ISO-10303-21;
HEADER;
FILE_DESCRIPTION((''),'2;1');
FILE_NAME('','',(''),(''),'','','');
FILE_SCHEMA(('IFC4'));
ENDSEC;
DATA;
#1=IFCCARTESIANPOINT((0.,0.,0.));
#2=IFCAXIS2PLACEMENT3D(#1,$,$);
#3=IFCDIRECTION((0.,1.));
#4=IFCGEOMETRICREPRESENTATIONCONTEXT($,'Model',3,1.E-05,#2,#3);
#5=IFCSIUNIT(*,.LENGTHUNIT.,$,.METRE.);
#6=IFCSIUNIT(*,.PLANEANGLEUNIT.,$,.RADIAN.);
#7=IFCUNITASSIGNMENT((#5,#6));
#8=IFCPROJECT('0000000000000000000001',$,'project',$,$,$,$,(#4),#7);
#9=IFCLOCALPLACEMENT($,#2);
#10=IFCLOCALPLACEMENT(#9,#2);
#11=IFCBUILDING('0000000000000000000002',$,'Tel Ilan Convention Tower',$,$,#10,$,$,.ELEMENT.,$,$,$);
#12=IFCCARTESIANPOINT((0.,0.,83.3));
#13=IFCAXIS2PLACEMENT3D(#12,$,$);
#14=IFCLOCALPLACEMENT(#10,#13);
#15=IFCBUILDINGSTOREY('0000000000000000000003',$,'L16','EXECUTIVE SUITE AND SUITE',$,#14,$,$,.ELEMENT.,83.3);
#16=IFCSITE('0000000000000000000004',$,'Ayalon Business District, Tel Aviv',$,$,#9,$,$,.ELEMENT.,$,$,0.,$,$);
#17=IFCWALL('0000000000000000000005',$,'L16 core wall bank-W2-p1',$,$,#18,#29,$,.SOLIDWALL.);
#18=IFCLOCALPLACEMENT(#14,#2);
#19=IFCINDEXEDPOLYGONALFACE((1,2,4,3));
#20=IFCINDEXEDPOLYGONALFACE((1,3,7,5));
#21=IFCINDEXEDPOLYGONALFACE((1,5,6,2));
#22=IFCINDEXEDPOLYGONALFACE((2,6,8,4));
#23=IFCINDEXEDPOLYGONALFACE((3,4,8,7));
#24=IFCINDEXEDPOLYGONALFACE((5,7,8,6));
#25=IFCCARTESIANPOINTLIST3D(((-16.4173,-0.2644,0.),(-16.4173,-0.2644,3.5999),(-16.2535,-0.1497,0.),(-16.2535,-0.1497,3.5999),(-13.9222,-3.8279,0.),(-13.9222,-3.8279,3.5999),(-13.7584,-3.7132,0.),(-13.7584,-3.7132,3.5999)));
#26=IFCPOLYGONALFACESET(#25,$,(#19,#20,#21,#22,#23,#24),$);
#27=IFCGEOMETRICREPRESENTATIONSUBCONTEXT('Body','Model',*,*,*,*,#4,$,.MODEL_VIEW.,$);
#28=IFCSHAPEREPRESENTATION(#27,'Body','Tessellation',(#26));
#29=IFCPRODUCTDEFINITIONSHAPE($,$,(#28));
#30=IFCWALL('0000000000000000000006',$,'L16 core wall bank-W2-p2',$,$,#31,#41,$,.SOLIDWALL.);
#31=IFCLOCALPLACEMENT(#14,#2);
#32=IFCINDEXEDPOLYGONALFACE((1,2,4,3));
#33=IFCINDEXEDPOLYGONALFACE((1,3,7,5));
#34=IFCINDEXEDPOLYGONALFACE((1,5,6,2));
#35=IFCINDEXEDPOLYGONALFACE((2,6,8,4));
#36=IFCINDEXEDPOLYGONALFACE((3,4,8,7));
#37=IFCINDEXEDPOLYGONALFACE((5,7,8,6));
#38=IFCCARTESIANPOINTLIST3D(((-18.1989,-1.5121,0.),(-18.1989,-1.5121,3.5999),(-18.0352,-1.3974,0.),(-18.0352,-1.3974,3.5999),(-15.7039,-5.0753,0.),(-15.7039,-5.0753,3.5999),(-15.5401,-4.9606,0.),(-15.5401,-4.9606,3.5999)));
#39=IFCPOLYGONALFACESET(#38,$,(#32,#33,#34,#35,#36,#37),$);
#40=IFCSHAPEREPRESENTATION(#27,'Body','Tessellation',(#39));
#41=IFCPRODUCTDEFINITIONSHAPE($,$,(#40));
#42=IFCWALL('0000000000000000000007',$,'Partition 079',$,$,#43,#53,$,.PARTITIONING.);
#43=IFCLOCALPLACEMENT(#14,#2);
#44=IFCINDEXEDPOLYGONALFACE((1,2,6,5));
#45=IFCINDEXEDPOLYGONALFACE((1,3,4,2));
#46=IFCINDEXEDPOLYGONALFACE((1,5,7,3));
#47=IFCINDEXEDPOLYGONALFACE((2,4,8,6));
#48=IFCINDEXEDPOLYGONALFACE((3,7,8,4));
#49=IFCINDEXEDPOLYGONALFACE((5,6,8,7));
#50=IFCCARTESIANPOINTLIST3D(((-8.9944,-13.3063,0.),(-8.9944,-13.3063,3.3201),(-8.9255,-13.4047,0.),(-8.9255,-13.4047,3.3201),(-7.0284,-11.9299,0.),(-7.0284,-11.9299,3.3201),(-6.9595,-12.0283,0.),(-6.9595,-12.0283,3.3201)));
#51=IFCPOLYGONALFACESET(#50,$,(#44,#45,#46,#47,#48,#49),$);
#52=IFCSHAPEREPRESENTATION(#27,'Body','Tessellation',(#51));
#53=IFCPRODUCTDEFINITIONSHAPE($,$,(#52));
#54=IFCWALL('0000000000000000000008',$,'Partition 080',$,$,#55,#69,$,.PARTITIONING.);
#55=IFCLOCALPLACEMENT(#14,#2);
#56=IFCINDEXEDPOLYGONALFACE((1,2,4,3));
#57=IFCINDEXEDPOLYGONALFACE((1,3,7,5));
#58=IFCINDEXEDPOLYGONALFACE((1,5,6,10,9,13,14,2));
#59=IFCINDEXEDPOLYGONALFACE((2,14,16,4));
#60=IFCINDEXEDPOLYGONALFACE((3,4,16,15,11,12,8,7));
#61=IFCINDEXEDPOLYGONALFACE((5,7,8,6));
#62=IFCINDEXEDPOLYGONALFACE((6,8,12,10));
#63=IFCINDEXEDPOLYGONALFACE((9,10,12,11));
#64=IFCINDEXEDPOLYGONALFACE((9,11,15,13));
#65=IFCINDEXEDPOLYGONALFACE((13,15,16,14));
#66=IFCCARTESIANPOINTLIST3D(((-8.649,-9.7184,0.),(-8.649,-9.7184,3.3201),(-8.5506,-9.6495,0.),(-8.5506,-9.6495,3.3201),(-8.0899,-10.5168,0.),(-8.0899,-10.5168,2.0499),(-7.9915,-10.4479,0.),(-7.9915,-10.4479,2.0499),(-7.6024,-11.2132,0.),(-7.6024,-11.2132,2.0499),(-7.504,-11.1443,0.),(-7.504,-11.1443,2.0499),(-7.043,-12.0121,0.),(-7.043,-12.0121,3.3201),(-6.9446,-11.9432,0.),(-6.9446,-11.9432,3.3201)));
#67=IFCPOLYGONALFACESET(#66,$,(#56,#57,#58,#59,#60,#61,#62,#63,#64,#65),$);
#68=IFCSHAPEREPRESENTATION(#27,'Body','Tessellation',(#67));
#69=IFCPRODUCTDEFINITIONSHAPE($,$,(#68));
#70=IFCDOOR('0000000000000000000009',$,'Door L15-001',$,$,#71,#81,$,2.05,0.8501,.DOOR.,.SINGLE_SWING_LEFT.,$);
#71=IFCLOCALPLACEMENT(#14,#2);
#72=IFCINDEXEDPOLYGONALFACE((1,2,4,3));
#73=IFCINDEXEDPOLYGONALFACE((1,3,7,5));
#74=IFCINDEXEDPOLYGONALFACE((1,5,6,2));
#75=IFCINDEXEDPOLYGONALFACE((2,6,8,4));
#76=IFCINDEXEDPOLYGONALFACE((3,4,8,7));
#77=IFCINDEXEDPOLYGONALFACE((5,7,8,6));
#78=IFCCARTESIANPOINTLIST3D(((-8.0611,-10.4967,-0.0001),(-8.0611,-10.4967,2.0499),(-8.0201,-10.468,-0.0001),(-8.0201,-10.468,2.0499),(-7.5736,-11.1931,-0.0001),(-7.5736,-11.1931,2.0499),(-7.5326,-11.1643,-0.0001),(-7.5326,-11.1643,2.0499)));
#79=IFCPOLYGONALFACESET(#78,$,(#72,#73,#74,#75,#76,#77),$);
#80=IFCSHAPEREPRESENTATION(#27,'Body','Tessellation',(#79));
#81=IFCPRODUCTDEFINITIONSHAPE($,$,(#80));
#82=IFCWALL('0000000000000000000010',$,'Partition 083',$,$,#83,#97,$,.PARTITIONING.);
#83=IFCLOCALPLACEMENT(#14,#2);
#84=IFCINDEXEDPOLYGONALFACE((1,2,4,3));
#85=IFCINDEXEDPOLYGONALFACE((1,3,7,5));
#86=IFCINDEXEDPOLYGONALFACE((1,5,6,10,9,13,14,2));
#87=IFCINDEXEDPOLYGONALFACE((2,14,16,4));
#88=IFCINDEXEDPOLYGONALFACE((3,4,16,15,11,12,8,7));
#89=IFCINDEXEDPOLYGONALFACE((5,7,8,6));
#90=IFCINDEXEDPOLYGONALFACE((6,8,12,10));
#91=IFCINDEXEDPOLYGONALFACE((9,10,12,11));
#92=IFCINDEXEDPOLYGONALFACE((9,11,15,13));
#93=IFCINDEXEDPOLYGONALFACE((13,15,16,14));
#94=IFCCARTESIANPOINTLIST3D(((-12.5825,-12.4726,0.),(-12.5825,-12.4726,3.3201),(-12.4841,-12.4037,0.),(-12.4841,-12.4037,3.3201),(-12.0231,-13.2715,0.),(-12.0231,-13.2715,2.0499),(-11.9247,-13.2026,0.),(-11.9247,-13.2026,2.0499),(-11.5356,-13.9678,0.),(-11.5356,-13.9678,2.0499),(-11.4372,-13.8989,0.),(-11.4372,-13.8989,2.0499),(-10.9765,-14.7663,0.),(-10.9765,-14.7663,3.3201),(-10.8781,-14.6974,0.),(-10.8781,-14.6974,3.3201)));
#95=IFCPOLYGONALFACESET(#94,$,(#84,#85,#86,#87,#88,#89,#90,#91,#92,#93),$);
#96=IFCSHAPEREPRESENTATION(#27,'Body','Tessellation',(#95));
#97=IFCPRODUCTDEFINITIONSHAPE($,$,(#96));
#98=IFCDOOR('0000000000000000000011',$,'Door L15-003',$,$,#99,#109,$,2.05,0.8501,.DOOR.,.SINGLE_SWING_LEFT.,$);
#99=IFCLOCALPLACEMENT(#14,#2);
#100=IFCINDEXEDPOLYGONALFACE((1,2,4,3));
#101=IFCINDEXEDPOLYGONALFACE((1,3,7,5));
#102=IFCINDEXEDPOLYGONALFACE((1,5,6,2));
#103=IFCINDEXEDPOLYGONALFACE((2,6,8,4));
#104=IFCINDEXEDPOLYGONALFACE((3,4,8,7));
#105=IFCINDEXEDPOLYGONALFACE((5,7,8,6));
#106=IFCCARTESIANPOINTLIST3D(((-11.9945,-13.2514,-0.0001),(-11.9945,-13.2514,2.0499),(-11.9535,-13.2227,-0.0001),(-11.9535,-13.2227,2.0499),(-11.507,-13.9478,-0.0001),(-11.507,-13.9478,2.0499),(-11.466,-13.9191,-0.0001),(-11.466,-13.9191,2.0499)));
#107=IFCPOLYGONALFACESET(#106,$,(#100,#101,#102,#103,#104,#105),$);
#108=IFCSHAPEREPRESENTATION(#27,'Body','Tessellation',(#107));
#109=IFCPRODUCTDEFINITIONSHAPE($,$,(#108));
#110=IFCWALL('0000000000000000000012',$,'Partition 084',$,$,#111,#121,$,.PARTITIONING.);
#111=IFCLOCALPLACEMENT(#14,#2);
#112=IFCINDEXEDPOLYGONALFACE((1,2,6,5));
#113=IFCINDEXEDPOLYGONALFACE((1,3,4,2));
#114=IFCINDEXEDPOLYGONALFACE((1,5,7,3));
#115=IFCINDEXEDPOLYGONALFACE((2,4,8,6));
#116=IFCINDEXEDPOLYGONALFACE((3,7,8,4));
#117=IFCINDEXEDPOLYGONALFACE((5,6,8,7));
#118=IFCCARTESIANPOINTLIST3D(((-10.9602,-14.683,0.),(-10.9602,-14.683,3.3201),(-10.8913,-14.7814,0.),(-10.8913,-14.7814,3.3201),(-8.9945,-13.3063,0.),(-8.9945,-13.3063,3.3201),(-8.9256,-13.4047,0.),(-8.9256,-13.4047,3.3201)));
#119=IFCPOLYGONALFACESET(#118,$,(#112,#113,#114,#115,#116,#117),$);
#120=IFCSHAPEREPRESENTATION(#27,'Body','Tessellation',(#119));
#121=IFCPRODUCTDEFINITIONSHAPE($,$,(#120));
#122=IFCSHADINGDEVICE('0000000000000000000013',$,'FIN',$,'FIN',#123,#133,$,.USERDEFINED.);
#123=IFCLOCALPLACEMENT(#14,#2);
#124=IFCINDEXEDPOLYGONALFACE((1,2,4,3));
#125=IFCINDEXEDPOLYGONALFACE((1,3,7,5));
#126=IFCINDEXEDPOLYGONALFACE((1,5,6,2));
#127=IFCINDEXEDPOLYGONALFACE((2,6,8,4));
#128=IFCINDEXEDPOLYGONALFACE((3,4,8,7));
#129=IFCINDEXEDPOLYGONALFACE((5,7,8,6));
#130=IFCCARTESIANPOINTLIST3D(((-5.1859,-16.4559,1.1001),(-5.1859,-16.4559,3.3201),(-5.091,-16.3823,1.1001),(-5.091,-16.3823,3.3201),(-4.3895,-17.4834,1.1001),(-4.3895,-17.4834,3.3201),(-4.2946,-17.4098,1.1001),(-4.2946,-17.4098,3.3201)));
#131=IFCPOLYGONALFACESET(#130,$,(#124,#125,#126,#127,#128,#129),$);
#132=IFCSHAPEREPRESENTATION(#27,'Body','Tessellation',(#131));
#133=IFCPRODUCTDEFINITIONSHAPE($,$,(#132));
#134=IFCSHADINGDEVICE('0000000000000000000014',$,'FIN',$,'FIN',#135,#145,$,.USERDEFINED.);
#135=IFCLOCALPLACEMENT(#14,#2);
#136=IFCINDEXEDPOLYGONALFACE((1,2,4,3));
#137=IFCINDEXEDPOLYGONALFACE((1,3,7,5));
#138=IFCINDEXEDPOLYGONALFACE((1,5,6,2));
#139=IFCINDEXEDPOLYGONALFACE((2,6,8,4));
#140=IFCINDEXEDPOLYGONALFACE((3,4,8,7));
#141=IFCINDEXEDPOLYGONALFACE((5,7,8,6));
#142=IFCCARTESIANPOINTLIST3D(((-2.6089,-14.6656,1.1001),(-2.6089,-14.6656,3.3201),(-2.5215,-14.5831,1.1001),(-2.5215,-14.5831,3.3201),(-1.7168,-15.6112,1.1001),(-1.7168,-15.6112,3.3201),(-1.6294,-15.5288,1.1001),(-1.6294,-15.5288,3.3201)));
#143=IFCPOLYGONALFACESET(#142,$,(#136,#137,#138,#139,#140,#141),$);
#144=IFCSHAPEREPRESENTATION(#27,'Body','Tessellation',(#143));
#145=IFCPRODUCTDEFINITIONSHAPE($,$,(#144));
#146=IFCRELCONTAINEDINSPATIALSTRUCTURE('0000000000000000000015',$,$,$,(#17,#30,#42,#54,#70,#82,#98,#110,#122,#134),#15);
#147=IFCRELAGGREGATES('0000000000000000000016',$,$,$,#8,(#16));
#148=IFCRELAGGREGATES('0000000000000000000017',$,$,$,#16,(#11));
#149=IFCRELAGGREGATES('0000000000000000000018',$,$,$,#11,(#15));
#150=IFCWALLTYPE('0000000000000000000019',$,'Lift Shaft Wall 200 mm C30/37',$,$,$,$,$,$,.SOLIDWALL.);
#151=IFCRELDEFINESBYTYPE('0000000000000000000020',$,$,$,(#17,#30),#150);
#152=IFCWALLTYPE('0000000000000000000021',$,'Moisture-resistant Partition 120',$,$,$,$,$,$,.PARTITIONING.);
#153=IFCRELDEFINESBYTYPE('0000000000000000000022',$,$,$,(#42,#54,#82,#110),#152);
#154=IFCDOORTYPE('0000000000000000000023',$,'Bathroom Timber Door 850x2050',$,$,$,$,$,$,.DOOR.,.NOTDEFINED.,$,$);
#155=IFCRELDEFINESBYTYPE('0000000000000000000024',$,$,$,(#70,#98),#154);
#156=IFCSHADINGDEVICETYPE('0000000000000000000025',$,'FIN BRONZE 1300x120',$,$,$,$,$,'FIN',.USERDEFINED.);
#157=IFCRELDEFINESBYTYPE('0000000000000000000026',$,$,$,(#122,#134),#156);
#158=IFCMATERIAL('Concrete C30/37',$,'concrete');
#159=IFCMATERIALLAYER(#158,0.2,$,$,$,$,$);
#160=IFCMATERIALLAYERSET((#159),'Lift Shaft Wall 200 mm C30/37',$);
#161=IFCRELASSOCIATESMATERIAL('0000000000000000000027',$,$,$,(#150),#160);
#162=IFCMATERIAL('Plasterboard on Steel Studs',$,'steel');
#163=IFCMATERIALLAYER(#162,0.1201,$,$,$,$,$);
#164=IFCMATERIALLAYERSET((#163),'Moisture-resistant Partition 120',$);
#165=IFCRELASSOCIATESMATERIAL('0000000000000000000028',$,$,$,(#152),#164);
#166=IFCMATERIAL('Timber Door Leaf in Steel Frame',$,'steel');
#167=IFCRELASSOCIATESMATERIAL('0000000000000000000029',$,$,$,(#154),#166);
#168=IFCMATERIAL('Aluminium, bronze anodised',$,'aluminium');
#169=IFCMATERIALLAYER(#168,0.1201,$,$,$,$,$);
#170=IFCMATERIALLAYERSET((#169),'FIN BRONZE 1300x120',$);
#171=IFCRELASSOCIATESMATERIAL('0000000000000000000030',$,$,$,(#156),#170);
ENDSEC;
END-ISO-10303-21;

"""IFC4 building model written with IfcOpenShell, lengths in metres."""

from ifc_helpers import new_model, si_unit, direction, frame, frame_2d, origin, origin_2d, place, context, subcontext, project, spatial, rectangle, extrude, material, layer, layer_set, type_object, element, fill, save


model = new_model("IFC4")

# Units and contexts
model_context = context("Model", 3, precision=1e-05, world=origin(), true_north=direction((0.0, 1.0)))
body_context = subcontext(model_context, "Body", "Model", "MODEL_VIEW")
ifc_project = project(units=[si_unit("LENGTHUNIT", "METRE"), si_unit("PLANEANGLEUNIT", "RADIAN")], contexts=[model_context])

# Site, building, storey
site_placement = place(None, origin())
site = spatial("IfcSite", under=ifc_project, at=site_placement, Name="Ayalon Business District, Tel Aviv", CompositionType="ELEMENT", RefElevation=0.0)
building_placement = place(site_placement, origin())
building = spatial("IfcBuilding", under=site, at=building_placement, Name="Tel Ilan Convention Tower", CompositionType="ELEMENT")
storey_placement = place(building_placement, frame((0.0, 0.0, 83.3)))
storey = spatial("IfcBuildingStorey", under=building, at=storey_placement, Name="L16", Description="EXECUTIVE SUITE AND SUITE", CompositionType="ELEMENT", Elevation=83.3)

# Walls
ifc_material_1 = material(Name="Concrete C30/37", Category="concrete")
ifc_layer_1 = layer(ifc_material_1, 0.2)
ifc_layer_set_1 = layer_set([ifc_layer_1], Name="Lift Shaft Wall 200 mm C30/37")
wall_type_1 = type_object("IfcWallType", Name="Lift Shaft Wall 200 mm C30/37", PredefinedType="SOLIDWALL", material=ifc_layer_set_1)
wall_1_placement = place(storey_placement, frame((-13.8403, -3.7705, 0.0), z_axis=(0.0, 0.0, 1.0), x_axis=(-0.573568, 0.819158, 0.0)))
element("IfcWall", 1, at=wall_1_placement, inside=storey, type_object=wall_type_1, Name="L16 core wall bank-W2-p1", PredefinedType="SOLIDWALL", context=body_context, shape_type="SweptSolid", body=[
    extrude(rectangle(XDim=4.3501, YDim=0.2, at=frame_2d((2.175, 0.0))), origin(), (0.0, 0.0, 1.0), 3.5999),
])
wall_2_placement = place(storey_placement, frame((-15.6221, -5.0178, 0.0), z_axis=(0.0, 0.0, 1.0), x_axis=(-0.573594, 0.81914, 0.0)))
element("IfcWall", 2, at=wall_2_placement, inside=storey, type_object=wall_type_1, Name="L16 core wall bank-W2-p2", PredefinedType="SOLIDWALL", context=body_context, shape_type="SweptSolid", body=[
    extrude(rectangle(XDim=4.3499, YDim=0.2, at=frame_2d((2.1748, 0.0))), origin(), (0.0, 0.0, 1.0), 3.5999),
])
ifc_material_2 = material(Name="Plasterboard on Steel Studs", Category="steel")
ifc_layer_2 = layer(ifc_material_2, 0.1201)
ifc_layer_set_2 = layer_set([ifc_layer_2], Name="Moisture-resistant Partition 120")
wall_type_2 = type_object("IfcWallType", Name="Moisture-resistant Partition 120", PredefinedType="PARTITIONING", material=ifc_layer_set_2)
wall_3_placement = place(storey_placement, frame((-8.96, -13.3555, 0.0), z_axis=(0.0, 0.0, 1.0), x_axis=(0.819189, 0.573524, 0.0)))
element("IfcWall", 3, at=wall_3_placement, inside=storey, type_object=wall_type_2, Name="Partition 079", PredefinedType="PARTITIONING", context=body_context, shape_type="SweptSolid", body=[
    extrude(rectangle(XDim=2.3999, YDim=0.1201, at=frame_2d((1.2, 0.0))), origin(), (0.0, 0.0, 1.0), 3.3201),
])

# Walls, openings, doors
wall_4_placement = place(storey_placement, frame((-6.9939, -11.9775, 0.0), z_axis=(0.0, 0.0, 1.0), x_axis=(-0.57355, 0.81917, 0.0)))
wall_4 = element("IfcWall", 4, at=wall_4_placement, inside=storey, type_object=wall_type_2, Name="Partition 080", PredefinedType="PARTITIONING", context=body_context, shape_type="SweptSolid", body=[
    extrude(rectangle(XDim=2.8, YDim=0.1201, at=frame_2d((1.3999, 0.0))), origin(), (0.0, 0.0, 1.0), 3.3201),
])
opening_1_placement = place(wall_4_placement, frame((0.9751, 0.0, 0.0)))
opening_1 = element("IfcOpeningElement", 5, at=opening_1_placement, cuts=wall_4, PredefinedType="OPENING", context=body_context, shape_type="SweptSolid", body=[
    extrude(rectangle(XDim=0.8501, YDim=2.05, at=frame_2d((0.425, 1.0249))), frame((0.0, 0.0701, 0.0), z_axis=(0.0, -1.0, 0.0), x_axis=(1.0, 0.0, 0.0)), (0.0, 0.0, 1.0), 0.1401),
])
ifc_material_3 = material(Name="Timber Door Leaf in Steel Frame", Category="steel")
door_type_1 = type_object("IfcDoorType", Name="Bathroom Timber Door 850x2050", OperationType="NOTDEFINED", PredefinedType="DOOR", material=ifc_material_3)
door_1_placement = place(opening_1_placement, origin())
door_1 = element("IfcDoor", 6, at=door_1_placement, inside=storey, type_object=door_type_1, Name="Door L15-001", OperationType="SINGLE_SWING_LEFT", OverallHeight=2.05, OverallWidth=0.8501, PredefinedType="DOOR", context=body_context, shape_type="SweptSolid", body=[
    extrude(rectangle(XDim=0.8501, YDim=2.05, at=frame_2d((0.425, 1.0249))), frame((0.0, 0.0249, 0.0), z_axis=(0.0, -1.0, 0.0), x_axis=(1.0, 0.0, 0.0)), (0.0, 0.0, 1.0), 0.05),
])
fill(opening_1, door_1)
wall_5_placement = place(storey_placement, frame((-12.5332, -12.4382, 0.0), z_axis=(0.0, 0.0, 1.0), x_axis=(0.57355, -0.81917, 0.0)))
wall_5 = element("IfcWall", 7, at=wall_5_placement, inside=storey, type_object=wall_type_2, Name="Partition 083", PredefinedType="PARTITIONING", context=body_context, shape_type="SweptSolid", body=[
    extrude(rectangle(XDim=2.8, YDim=0.1201, at=frame_2d((1.3999, 0.0))), origin(), (0.0, 0.0, 1.0), 3.3201),
])
opening_2_placement = place(wall_5_placement, frame((0.9751, 0.0, 0.0)))
opening_2 = element("IfcOpeningElement", 8, at=opening_2_placement, cuts=wall_5, PredefinedType="OPENING", context=body_context, shape_type="SweptSolid", body=[
    extrude(rectangle(XDim=0.8501, YDim=2.05, at=frame_2d((0.425, 1.0249))), frame((0.0, 0.0701, 0.0), z_axis=(0.0, -1.0, 0.0), x_axis=(1.0, 0.0, 0.0)), (0.0, 0.0, 1.0), 0.1401),
])
door_2_placement = place(opening_2_placement, origin())
door_2 = element("IfcDoor", 9, at=door_2_placement, inside=storey, type_object=door_type_1, Name="Door L15-003", OperationType="SINGLE_SWING_LEFT", OverallHeight=2.05, OverallWidth=0.8501, PredefinedType="DOOR", context=body_context, shape_type="SweptSolid", body=[
    extrude(rectangle(XDim=0.8501, YDim=2.05, at=frame_2d((0.425, 1.0249))), frame((0.0, 0.0249, 0.0), z_axis=(0.0, -1.0, 0.0), x_axis=(1.0, 0.0, 0.0)), (0.0, 0.0, 1.0), 0.05),
])
fill(opening_2, door_2)

# Wall
wall_6_placement = place(storey_placement, frame((-10.9258, -14.7322, 0.0), z_axis=(0.0, 0.0, 1.0), x_axis=(0.819108, 0.57364, 0.0)))
element("IfcWall", 10, at=wall_6_placement, inside=storey, type_object=wall_type_2, Name="Partition 084", PredefinedType="PARTITIONING", context=body_context, shape_type="SweptSolid", body=[
    extrude(rectangle(XDim=2.3999, YDim=0.1201, at=frame_2d((1.2, 0.0))), origin(), (0.0, 0.0, 1.0), 3.3201),
])

# Shading devices
ifc_material_4 = material(Name="Aluminium, bronze anodised", Category="aluminium")
ifc_layer_3 = layer(ifc_material_4, 0.1201)
ifc_layer_set_3 = layer_set([ifc_layer_3], Name="FIN BRONZE 1300x120")
shading_device_type = type_object("IfcShadingDeviceType", Name="FIN BRONZE 1300x120", ElementType="FIN", PredefinedType="USERDEFINED", material=ifc_layer_set_3)
for number, where, z_axis, x_axis, name in (
    (11, (-4.7402, -16.9329, 1.1001), (0.0, 0.0, 1.0), (0.612601, -0.790393, 0.0), "FIN"),
    (12, (-2.1191, -15.0972, 1.1001), (0.0, 0.0, 1.0), (0.686242, -0.727374, 0.0), "FIN"),
):
    element("IfcShadingDevice", number, at=place(storey_placement, frame(where, z_axis=z_axis, x_axis=x_axis)), inside=storey, type_object=shading_device_type, Name=name, ObjectType="FIN", PredefinedType="USERDEFINED", context=body_context, shape_type="SweptSolid", body=[
        extrude(rectangle(XDim=1.3, YDim=0.1201, at=origin_2d()), origin(), (0.0, 0.0, 1.0), 2.22),
    ])

save(model, "model.ifc")
